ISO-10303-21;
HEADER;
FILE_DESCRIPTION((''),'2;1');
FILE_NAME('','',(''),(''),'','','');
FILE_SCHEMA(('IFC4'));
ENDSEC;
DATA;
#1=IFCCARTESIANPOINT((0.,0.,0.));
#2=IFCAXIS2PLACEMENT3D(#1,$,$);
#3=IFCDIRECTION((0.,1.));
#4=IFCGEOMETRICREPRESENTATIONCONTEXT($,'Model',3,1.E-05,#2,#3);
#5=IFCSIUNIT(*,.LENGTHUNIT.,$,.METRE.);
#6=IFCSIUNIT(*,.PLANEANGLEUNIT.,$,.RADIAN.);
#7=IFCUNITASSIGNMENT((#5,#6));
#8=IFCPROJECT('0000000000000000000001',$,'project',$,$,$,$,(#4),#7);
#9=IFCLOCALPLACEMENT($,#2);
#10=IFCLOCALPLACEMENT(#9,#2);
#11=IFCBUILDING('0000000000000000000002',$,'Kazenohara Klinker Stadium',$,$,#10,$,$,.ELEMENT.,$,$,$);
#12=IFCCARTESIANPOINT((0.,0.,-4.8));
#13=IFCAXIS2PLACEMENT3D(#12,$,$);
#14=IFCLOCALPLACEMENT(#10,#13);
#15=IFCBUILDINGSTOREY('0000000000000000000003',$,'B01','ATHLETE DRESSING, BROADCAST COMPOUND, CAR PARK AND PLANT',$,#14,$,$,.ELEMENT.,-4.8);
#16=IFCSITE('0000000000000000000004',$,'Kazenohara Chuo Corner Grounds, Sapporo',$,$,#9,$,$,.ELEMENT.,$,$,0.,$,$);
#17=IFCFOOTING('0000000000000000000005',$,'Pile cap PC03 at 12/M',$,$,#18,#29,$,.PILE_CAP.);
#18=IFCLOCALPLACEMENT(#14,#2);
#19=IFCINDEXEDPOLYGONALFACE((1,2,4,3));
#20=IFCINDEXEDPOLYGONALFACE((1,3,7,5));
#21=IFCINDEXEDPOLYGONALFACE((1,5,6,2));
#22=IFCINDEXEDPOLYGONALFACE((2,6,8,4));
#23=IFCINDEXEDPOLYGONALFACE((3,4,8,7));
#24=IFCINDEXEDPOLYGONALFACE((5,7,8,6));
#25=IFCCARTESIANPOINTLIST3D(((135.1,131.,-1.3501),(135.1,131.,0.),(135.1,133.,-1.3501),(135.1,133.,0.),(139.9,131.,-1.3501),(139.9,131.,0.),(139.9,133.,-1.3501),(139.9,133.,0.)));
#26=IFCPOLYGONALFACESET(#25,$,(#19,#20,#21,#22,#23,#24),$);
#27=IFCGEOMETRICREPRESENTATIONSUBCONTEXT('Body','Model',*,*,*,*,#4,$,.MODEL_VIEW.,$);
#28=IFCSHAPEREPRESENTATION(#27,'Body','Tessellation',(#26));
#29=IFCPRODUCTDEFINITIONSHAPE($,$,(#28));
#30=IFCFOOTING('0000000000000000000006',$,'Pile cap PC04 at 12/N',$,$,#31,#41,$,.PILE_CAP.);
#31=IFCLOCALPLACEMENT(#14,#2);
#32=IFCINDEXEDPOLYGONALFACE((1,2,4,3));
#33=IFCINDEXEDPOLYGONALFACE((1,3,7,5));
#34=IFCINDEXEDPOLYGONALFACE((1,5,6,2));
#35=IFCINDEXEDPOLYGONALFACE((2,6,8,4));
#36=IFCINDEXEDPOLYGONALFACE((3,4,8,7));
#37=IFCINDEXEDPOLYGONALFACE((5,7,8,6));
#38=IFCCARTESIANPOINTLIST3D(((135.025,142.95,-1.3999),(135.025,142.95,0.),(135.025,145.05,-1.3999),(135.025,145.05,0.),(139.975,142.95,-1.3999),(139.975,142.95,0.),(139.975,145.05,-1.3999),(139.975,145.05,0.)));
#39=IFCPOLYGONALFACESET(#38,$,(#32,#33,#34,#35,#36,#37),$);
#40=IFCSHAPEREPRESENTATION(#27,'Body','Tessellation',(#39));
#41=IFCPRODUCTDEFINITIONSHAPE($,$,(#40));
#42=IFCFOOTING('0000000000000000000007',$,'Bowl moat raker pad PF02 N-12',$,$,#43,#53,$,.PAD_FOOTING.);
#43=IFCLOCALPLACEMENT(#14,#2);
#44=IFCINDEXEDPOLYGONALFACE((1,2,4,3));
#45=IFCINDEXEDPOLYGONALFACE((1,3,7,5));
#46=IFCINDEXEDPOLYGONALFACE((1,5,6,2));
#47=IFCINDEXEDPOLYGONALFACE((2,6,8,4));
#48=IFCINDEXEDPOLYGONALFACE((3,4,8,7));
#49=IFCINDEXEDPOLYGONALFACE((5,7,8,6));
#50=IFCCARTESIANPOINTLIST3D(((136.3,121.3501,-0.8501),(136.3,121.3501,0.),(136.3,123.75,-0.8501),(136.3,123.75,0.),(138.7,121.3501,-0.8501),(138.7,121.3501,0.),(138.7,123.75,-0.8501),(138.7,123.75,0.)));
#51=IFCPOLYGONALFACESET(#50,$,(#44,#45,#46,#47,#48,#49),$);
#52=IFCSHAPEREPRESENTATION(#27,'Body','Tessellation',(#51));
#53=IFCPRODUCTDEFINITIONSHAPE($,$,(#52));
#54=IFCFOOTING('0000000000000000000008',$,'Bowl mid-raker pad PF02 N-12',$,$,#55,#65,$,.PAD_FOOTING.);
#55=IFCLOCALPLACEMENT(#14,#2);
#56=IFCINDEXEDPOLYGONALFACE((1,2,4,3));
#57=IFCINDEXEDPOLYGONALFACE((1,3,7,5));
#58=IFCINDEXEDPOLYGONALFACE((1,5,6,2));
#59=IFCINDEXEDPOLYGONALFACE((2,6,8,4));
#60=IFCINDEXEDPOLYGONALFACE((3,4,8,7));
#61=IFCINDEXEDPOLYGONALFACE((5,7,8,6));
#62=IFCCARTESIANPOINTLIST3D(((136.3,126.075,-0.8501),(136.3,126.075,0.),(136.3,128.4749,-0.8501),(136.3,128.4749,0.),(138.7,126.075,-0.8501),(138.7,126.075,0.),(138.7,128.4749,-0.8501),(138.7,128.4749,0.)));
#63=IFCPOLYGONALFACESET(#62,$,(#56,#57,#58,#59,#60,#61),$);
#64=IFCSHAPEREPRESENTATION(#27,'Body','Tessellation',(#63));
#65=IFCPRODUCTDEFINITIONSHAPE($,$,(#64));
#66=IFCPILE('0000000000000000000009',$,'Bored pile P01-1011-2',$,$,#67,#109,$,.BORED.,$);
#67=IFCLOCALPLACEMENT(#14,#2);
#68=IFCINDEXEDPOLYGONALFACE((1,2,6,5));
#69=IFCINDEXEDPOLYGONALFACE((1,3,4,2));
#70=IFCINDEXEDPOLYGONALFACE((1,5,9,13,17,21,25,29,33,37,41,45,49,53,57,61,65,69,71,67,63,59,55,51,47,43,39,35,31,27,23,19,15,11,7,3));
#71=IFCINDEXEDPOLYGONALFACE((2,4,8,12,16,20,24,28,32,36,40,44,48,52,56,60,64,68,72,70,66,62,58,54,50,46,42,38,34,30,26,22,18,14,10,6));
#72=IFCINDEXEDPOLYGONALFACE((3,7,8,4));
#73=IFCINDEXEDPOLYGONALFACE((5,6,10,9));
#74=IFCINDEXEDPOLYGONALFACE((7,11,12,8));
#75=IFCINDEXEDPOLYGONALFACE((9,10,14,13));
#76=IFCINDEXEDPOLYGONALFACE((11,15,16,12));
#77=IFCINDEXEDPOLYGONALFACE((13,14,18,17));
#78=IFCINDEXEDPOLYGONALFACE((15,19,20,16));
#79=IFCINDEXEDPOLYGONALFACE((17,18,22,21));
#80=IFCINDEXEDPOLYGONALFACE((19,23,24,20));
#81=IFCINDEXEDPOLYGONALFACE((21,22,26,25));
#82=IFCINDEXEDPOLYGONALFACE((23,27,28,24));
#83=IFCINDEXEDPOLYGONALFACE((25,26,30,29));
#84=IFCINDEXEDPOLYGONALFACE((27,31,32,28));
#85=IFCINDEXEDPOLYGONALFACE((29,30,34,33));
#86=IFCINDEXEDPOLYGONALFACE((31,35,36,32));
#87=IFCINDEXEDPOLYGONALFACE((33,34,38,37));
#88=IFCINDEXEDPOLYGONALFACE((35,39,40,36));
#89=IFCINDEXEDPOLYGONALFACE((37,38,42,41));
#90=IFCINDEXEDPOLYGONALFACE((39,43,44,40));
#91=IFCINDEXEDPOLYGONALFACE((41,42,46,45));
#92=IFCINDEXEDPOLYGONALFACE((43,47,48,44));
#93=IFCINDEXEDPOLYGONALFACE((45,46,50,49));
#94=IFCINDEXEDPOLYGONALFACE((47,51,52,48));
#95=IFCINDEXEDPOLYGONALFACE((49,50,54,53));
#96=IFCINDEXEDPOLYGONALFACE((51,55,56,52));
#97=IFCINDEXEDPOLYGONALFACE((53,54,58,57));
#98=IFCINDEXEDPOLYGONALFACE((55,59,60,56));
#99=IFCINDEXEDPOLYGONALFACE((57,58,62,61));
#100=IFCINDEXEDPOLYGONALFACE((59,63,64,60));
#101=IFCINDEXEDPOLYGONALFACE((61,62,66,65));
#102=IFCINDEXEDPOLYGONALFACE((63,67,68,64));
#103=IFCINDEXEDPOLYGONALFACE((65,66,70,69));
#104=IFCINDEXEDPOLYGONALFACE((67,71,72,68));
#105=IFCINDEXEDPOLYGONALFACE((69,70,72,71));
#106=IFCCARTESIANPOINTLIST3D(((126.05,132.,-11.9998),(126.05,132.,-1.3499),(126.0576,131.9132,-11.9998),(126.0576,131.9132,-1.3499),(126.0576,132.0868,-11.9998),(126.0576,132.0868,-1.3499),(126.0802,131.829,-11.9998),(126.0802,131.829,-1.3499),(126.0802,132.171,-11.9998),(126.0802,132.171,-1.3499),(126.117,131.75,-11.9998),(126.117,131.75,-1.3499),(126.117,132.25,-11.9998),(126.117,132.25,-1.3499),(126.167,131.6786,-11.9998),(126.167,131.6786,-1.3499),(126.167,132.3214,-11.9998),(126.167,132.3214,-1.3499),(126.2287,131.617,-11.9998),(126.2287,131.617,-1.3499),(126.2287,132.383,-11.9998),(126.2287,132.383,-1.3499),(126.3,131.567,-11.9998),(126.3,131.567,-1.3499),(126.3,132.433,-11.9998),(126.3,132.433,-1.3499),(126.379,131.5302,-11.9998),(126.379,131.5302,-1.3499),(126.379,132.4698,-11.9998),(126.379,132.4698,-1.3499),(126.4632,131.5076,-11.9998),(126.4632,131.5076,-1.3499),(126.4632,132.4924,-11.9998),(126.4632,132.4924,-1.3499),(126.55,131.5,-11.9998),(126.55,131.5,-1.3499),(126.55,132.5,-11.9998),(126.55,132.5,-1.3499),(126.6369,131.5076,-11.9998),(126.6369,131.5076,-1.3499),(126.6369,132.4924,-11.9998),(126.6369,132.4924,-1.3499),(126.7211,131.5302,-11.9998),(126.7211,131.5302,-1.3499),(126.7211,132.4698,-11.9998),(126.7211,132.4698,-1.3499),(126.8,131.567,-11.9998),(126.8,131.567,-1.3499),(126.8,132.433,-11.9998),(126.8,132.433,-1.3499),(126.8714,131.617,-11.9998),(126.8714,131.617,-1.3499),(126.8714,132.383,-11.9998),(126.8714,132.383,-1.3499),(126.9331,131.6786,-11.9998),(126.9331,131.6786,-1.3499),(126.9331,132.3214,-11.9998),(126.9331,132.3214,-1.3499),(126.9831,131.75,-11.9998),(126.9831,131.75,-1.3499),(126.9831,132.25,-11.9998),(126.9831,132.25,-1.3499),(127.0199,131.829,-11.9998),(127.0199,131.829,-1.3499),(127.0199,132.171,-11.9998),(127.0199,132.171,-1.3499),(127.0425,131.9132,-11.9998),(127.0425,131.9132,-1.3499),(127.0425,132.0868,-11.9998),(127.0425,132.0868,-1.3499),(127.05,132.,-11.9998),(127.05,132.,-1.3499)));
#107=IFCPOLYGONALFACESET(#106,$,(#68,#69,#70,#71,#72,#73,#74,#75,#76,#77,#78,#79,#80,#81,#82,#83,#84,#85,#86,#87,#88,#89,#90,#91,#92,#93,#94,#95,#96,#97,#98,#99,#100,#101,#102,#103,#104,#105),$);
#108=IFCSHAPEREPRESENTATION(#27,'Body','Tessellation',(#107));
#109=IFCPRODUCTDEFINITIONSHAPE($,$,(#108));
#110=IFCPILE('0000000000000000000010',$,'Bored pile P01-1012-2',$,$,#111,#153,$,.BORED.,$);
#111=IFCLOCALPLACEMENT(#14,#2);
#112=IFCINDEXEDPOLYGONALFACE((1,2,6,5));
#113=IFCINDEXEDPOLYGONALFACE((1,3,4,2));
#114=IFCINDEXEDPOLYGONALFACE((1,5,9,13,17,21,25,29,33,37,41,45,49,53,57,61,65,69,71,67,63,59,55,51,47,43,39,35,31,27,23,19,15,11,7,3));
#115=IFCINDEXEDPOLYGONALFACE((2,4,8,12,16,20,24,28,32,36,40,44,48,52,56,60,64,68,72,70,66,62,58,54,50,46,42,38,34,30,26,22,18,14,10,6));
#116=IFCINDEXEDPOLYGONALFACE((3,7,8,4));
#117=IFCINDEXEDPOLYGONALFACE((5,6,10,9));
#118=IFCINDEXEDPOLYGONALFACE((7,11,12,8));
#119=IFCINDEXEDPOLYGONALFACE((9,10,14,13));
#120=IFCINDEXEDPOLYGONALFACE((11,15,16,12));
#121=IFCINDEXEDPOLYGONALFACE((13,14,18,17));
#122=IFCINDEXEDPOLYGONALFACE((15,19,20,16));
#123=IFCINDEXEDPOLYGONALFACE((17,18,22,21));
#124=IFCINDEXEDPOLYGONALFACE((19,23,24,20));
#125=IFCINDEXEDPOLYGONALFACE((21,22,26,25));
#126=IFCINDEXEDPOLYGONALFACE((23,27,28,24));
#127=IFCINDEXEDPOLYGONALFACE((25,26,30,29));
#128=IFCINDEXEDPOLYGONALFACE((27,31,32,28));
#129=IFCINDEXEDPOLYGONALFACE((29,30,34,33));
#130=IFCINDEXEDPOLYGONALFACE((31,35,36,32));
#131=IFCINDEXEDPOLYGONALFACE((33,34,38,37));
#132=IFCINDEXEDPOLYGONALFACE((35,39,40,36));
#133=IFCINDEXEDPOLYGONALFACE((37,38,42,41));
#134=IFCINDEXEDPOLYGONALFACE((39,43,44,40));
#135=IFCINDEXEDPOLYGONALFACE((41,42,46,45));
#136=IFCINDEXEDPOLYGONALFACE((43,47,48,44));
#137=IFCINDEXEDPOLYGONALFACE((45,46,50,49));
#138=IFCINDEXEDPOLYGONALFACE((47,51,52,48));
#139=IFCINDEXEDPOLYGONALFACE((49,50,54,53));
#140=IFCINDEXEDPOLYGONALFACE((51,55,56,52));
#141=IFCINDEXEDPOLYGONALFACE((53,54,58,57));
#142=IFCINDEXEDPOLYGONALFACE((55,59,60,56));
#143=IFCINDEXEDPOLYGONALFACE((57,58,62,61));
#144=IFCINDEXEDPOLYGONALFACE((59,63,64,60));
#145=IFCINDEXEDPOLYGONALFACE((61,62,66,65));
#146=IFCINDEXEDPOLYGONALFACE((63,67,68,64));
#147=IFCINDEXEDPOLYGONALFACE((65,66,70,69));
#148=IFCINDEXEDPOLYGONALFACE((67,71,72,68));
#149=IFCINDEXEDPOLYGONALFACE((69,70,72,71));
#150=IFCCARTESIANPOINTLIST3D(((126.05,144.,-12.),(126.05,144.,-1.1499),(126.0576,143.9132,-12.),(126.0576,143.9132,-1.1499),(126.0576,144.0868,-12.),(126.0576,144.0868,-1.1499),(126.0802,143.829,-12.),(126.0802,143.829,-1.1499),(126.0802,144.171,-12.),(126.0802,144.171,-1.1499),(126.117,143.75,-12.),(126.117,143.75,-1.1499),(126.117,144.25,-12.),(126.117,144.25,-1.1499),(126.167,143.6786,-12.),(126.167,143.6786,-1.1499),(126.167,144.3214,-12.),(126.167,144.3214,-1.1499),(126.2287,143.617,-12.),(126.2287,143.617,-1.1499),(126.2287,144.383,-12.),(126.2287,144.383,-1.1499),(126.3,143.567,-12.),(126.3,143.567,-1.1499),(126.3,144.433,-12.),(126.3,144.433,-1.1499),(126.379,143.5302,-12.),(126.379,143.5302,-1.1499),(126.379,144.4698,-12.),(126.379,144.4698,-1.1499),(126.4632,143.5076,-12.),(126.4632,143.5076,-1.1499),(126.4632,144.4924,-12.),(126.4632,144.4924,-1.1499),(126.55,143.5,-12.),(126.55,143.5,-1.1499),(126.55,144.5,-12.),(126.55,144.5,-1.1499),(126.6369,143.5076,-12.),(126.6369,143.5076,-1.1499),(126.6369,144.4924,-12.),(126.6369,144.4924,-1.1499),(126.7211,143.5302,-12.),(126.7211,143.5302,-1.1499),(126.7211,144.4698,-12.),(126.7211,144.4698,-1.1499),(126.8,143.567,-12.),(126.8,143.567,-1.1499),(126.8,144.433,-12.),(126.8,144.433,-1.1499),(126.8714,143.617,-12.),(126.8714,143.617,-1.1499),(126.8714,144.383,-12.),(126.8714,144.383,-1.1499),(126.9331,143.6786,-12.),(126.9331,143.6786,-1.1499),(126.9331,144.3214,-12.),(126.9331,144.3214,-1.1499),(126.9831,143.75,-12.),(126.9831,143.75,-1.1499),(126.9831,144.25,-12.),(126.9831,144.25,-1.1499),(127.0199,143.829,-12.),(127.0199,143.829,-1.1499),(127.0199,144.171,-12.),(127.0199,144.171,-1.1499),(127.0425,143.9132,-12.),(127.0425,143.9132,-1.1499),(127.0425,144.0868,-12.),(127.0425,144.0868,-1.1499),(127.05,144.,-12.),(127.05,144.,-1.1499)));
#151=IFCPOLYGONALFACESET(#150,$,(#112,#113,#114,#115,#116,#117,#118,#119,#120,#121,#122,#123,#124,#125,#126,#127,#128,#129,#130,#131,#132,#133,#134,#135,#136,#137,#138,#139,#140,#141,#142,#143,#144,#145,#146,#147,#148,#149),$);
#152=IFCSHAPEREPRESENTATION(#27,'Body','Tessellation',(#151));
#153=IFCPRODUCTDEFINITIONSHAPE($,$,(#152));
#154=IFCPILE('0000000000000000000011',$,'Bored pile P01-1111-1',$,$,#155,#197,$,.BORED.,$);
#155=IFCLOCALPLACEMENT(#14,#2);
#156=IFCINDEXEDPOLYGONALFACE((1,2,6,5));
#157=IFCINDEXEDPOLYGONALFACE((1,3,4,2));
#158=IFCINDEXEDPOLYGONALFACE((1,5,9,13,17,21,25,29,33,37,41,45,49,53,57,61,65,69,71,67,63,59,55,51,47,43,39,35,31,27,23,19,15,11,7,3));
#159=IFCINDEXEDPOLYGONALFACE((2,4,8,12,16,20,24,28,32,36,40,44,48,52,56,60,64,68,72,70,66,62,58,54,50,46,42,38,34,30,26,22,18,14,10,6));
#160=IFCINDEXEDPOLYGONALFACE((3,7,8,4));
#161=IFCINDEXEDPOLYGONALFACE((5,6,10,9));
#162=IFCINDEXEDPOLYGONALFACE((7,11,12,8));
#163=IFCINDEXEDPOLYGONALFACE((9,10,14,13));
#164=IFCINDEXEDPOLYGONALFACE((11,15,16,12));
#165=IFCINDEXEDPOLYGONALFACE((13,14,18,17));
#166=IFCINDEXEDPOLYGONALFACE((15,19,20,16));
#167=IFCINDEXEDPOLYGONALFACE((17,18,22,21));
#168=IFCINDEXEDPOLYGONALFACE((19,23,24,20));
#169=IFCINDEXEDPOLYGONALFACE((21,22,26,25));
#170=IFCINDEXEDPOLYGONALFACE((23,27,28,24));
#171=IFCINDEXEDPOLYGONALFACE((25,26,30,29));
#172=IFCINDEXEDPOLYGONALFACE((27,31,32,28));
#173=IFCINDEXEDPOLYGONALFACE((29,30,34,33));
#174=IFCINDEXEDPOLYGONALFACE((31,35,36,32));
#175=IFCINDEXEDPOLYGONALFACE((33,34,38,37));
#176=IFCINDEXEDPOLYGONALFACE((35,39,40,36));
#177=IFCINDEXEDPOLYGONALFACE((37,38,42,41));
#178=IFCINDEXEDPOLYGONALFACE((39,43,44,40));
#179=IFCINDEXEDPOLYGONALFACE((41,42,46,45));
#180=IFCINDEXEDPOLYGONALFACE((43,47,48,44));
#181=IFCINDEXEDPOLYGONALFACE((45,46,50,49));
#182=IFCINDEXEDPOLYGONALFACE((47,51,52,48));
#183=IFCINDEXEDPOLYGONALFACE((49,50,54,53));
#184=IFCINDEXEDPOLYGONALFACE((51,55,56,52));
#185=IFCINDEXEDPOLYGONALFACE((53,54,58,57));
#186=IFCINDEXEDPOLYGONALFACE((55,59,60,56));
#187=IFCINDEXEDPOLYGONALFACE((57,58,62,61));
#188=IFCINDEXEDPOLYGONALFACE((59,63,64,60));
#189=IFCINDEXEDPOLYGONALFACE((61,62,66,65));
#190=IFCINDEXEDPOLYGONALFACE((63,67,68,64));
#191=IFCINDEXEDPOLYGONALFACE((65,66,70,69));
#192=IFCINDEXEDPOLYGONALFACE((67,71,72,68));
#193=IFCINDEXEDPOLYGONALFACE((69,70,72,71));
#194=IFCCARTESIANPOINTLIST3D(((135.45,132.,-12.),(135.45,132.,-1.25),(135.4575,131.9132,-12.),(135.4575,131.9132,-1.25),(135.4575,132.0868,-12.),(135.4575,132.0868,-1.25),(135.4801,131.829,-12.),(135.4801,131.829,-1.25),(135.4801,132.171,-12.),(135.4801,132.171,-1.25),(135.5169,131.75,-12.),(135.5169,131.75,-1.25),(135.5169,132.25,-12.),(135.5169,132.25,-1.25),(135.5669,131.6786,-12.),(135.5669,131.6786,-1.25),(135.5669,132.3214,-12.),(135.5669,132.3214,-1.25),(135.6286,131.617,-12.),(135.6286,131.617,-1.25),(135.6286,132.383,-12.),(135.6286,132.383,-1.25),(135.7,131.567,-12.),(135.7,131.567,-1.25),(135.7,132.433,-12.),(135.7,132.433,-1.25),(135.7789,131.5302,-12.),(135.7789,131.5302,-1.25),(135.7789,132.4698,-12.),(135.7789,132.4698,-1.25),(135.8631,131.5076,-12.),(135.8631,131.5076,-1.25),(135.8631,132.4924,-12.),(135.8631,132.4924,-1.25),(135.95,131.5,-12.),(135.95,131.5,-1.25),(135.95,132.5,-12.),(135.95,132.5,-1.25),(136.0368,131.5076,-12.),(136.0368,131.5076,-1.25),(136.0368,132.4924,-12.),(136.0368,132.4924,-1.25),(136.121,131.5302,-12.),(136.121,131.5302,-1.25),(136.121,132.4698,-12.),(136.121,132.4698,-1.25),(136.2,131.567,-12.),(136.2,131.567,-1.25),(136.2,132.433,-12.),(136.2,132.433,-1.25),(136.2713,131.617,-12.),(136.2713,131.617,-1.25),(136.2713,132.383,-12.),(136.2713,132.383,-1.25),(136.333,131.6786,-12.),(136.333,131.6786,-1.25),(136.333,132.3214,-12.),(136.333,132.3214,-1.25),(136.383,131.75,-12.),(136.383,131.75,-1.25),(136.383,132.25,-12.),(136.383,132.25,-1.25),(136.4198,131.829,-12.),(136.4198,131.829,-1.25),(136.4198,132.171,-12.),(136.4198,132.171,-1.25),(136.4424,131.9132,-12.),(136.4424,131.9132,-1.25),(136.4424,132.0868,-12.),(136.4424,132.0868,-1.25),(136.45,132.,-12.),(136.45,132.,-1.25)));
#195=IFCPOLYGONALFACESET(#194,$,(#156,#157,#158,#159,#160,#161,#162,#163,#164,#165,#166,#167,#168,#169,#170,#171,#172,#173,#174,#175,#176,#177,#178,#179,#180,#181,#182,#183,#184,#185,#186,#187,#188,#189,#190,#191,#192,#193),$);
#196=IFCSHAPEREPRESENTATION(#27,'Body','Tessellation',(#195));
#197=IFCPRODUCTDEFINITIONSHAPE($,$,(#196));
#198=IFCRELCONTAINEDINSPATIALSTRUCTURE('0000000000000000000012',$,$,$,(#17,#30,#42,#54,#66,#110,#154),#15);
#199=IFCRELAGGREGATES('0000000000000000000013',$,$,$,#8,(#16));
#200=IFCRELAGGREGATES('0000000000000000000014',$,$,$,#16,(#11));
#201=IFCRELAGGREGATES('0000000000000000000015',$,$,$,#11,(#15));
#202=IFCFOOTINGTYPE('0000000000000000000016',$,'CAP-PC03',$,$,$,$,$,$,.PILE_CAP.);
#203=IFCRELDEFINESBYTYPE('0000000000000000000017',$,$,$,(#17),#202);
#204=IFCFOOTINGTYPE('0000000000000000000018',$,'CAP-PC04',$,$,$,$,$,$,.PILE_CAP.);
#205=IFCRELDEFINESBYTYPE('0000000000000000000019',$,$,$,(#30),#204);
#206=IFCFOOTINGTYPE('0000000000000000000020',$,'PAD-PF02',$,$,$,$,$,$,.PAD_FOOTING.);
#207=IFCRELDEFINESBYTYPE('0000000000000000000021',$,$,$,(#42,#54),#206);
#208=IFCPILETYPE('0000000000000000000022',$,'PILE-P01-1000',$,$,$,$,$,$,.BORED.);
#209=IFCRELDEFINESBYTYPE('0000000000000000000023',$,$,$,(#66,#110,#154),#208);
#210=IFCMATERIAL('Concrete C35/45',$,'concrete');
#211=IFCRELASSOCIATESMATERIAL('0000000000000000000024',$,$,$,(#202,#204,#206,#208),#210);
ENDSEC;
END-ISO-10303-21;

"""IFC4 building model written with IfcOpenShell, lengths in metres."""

from ifc_helpers import new_model, si_unit, direction, frame, origin, origin_2d, place, context, subcontext, project, spatial, rectangle, circle, extrude, material, material_profile, profile_set, type_object, element, save


model = new_model("IFC4")

# Units and contexts
model_context = context("Model", 3, precision=1e-05, world=origin(), true_north=direction((0.0, 1.0)))
body_context = subcontext(model_context, "Body", "Model", "MODEL_VIEW")
ifc_project = project(units=[si_unit("LENGTHUNIT", "METRE"), si_unit("PLANEANGLEUNIT", "RADIAN")], contexts=[model_context])

# Site, building, storey
site_placement = place(None, origin())
site = spatial("IfcSite", under=ifc_project, at=site_placement, Name="Kazenohara Chuo Corner Grounds, Sapporo", CompositionType="ELEMENT", RefElevation=0.0)
building_placement = place(site_placement, origin())
building = spatial("IfcBuilding", under=site, at=building_placement, Name="Kazenohara Klinker Stadium", CompositionType="ELEMENT")
storey_placement = place(building_placement, frame((0.0, 0.0, -4.8)))
storey = spatial("IfcBuildingStorey", under=building, at=storey_placement, Name="B01", Description="ATHLETE DRESSING, BROADCAST COMPOUND, CAR PARK AND PLANT", CompositionType="ELEMENT", Elevation=-4.8)

# Footings
ifc_material_1 = material(Name="Concrete C35/45", Category="concrete")
footing_type_1 = type_object("IfcFootingType", Name="CAP-PC03", PredefinedType="PILE_CAP", material=ifc_material_1)
footing_1_placement = place(storey_placement, frame((137.5, 132.0, -1.3501), z_axis=(0.0, 0.0, 1.0), x_axis=(1.0, 0.0, 0.0)))
element("IfcFooting", 1, at=footing_1_placement, inside=storey, type_object=footing_type_1, Name="Pile cap PC03 at 12/M", PredefinedType="PILE_CAP", context=body_context, shape_type="SweptSolid", body=[
    extrude(rectangle(XDim=4.8, YDim=2.0, at=origin_2d()), origin(), (0.0, 0.0, 1.0), 1.3501),
])
footing_type_2 = type_object("IfcFootingType", Name="CAP-PC04", PredefinedType="PILE_CAP", material=ifc_material_1)
footing_2_placement = place(storey_placement, frame((137.5, 144.0, -1.3999), z_axis=(0.0, 0.0, 1.0), x_axis=(1.0, 0.0, 0.0)))
element("IfcFooting", 2, at=footing_2_placement, inside=storey, type_object=footing_type_2, Name="Pile cap PC04 at 12/N", PredefinedType="PILE_CAP", context=body_context, shape_type="SweptSolid", body=[
    extrude(rectangle(XDim=4.95, YDim=2.1001, at=origin_2d()), origin(), (0.0, 0.0, 1.0), 1.3999),
])
footing_type_3 = type_object("IfcFootingType", Name="PAD-PF02", PredefinedType="PAD_FOOTING", material=ifc_material_1)
for number, where, z_axis, x_axis, name in (
    (3, (137.5, 122.55, -0.8501), (0.0, 0.0, 1.0), (1.0, 0.0, 0.0), "Bowl moat raker pad PF02 N-12"),
    (4, (137.5, 127.2749, -0.8501), (0.0, 0.0, 1.0), (1.0, 0.0, 0.0), "Bowl mid-raker pad PF02 N-12"),
):
    element("IfcFooting", number, at=place(storey_placement, frame(where, z_axis=z_axis, x_axis=x_axis)), inside=storey, type_object=footing_type_3, Name=name, PredefinedType="PAD_FOOTING", context=body_context, shape_type="SweptSolid", body=[
        extrude(rectangle(XDim=2.3999, YDim=2.3999, at=origin_2d()), origin(), (0.0, 0.0, 1.0), 0.8501),
    ])

# Piles
ifc_material_profile_1 = material_profile(ifc_material_1, circle(Radius=0.5, at=origin_2d()), Name="BORED-PILE-1000")
ifc_profile_set_1 = profile_set([ifc_material_profile_1], Name="Concrete C35/45")
pile_type = type_object("IfcPileType", Name="PILE-P01-1000", PredefinedType="BORED", material=ifc_profile_set_1)
pile_1_placement = place(storey_placement, frame((126.55, 132.0, -1.3499), z_axis=(0.0, 0.0, -1.0), x_axis=(1.0, 0.0, 0.0)))
element("IfcPile", 5, at=pile_1_placement, inside=storey, type_object=pile_type, Name="Bored pile P01-1011-2", PredefinedType="BORED", context=body_context, shape_type="SweptSolid", body=[
    extrude(circle(Radius=0.5, at=origin_2d()), origin(), (0.0, 0.0, 1.0), 10.6499),
])
pile_2_placement = place(storey_placement, frame((126.55, 144.0, -1.1499), z_axis=(0.0, 0.0, -1.0), x_axis=(1.0, 0.0, 0.0)))
element("IfcPile", 6, at=pile_2_placement, inside=storey, type_object=pile_type, Name="Bored pile P01-1012-2", PredefinedType="BORED", context=body_context, shape_type="SweptSolid", body=[
    extrude(circle(Radius=0.5, at=origin_2d()), origin(), (0.0, 0.0, 1.0), 10.8501),
])
pile_3_placement = place(storey_placement, frame((135.95, 132.0, -1.25), z_axis=(0.0, 0.0, -1.0), x_axis=(1.0, 0.0, 0.0)))
element("IfcPile", 7, at=pile_3_placement, inside=storey, type_object=pile_type, Name="Bored pile P01-1111-1", PredefinedType="BORED", context=body_context, shape_type="SweptSolid", body=[
    extrude(circle(Radius=0.5, at=origin_2d()), origin(), (0.0, 0.0, 1.0), 10.75),
])

save(model, "model.ifc")
